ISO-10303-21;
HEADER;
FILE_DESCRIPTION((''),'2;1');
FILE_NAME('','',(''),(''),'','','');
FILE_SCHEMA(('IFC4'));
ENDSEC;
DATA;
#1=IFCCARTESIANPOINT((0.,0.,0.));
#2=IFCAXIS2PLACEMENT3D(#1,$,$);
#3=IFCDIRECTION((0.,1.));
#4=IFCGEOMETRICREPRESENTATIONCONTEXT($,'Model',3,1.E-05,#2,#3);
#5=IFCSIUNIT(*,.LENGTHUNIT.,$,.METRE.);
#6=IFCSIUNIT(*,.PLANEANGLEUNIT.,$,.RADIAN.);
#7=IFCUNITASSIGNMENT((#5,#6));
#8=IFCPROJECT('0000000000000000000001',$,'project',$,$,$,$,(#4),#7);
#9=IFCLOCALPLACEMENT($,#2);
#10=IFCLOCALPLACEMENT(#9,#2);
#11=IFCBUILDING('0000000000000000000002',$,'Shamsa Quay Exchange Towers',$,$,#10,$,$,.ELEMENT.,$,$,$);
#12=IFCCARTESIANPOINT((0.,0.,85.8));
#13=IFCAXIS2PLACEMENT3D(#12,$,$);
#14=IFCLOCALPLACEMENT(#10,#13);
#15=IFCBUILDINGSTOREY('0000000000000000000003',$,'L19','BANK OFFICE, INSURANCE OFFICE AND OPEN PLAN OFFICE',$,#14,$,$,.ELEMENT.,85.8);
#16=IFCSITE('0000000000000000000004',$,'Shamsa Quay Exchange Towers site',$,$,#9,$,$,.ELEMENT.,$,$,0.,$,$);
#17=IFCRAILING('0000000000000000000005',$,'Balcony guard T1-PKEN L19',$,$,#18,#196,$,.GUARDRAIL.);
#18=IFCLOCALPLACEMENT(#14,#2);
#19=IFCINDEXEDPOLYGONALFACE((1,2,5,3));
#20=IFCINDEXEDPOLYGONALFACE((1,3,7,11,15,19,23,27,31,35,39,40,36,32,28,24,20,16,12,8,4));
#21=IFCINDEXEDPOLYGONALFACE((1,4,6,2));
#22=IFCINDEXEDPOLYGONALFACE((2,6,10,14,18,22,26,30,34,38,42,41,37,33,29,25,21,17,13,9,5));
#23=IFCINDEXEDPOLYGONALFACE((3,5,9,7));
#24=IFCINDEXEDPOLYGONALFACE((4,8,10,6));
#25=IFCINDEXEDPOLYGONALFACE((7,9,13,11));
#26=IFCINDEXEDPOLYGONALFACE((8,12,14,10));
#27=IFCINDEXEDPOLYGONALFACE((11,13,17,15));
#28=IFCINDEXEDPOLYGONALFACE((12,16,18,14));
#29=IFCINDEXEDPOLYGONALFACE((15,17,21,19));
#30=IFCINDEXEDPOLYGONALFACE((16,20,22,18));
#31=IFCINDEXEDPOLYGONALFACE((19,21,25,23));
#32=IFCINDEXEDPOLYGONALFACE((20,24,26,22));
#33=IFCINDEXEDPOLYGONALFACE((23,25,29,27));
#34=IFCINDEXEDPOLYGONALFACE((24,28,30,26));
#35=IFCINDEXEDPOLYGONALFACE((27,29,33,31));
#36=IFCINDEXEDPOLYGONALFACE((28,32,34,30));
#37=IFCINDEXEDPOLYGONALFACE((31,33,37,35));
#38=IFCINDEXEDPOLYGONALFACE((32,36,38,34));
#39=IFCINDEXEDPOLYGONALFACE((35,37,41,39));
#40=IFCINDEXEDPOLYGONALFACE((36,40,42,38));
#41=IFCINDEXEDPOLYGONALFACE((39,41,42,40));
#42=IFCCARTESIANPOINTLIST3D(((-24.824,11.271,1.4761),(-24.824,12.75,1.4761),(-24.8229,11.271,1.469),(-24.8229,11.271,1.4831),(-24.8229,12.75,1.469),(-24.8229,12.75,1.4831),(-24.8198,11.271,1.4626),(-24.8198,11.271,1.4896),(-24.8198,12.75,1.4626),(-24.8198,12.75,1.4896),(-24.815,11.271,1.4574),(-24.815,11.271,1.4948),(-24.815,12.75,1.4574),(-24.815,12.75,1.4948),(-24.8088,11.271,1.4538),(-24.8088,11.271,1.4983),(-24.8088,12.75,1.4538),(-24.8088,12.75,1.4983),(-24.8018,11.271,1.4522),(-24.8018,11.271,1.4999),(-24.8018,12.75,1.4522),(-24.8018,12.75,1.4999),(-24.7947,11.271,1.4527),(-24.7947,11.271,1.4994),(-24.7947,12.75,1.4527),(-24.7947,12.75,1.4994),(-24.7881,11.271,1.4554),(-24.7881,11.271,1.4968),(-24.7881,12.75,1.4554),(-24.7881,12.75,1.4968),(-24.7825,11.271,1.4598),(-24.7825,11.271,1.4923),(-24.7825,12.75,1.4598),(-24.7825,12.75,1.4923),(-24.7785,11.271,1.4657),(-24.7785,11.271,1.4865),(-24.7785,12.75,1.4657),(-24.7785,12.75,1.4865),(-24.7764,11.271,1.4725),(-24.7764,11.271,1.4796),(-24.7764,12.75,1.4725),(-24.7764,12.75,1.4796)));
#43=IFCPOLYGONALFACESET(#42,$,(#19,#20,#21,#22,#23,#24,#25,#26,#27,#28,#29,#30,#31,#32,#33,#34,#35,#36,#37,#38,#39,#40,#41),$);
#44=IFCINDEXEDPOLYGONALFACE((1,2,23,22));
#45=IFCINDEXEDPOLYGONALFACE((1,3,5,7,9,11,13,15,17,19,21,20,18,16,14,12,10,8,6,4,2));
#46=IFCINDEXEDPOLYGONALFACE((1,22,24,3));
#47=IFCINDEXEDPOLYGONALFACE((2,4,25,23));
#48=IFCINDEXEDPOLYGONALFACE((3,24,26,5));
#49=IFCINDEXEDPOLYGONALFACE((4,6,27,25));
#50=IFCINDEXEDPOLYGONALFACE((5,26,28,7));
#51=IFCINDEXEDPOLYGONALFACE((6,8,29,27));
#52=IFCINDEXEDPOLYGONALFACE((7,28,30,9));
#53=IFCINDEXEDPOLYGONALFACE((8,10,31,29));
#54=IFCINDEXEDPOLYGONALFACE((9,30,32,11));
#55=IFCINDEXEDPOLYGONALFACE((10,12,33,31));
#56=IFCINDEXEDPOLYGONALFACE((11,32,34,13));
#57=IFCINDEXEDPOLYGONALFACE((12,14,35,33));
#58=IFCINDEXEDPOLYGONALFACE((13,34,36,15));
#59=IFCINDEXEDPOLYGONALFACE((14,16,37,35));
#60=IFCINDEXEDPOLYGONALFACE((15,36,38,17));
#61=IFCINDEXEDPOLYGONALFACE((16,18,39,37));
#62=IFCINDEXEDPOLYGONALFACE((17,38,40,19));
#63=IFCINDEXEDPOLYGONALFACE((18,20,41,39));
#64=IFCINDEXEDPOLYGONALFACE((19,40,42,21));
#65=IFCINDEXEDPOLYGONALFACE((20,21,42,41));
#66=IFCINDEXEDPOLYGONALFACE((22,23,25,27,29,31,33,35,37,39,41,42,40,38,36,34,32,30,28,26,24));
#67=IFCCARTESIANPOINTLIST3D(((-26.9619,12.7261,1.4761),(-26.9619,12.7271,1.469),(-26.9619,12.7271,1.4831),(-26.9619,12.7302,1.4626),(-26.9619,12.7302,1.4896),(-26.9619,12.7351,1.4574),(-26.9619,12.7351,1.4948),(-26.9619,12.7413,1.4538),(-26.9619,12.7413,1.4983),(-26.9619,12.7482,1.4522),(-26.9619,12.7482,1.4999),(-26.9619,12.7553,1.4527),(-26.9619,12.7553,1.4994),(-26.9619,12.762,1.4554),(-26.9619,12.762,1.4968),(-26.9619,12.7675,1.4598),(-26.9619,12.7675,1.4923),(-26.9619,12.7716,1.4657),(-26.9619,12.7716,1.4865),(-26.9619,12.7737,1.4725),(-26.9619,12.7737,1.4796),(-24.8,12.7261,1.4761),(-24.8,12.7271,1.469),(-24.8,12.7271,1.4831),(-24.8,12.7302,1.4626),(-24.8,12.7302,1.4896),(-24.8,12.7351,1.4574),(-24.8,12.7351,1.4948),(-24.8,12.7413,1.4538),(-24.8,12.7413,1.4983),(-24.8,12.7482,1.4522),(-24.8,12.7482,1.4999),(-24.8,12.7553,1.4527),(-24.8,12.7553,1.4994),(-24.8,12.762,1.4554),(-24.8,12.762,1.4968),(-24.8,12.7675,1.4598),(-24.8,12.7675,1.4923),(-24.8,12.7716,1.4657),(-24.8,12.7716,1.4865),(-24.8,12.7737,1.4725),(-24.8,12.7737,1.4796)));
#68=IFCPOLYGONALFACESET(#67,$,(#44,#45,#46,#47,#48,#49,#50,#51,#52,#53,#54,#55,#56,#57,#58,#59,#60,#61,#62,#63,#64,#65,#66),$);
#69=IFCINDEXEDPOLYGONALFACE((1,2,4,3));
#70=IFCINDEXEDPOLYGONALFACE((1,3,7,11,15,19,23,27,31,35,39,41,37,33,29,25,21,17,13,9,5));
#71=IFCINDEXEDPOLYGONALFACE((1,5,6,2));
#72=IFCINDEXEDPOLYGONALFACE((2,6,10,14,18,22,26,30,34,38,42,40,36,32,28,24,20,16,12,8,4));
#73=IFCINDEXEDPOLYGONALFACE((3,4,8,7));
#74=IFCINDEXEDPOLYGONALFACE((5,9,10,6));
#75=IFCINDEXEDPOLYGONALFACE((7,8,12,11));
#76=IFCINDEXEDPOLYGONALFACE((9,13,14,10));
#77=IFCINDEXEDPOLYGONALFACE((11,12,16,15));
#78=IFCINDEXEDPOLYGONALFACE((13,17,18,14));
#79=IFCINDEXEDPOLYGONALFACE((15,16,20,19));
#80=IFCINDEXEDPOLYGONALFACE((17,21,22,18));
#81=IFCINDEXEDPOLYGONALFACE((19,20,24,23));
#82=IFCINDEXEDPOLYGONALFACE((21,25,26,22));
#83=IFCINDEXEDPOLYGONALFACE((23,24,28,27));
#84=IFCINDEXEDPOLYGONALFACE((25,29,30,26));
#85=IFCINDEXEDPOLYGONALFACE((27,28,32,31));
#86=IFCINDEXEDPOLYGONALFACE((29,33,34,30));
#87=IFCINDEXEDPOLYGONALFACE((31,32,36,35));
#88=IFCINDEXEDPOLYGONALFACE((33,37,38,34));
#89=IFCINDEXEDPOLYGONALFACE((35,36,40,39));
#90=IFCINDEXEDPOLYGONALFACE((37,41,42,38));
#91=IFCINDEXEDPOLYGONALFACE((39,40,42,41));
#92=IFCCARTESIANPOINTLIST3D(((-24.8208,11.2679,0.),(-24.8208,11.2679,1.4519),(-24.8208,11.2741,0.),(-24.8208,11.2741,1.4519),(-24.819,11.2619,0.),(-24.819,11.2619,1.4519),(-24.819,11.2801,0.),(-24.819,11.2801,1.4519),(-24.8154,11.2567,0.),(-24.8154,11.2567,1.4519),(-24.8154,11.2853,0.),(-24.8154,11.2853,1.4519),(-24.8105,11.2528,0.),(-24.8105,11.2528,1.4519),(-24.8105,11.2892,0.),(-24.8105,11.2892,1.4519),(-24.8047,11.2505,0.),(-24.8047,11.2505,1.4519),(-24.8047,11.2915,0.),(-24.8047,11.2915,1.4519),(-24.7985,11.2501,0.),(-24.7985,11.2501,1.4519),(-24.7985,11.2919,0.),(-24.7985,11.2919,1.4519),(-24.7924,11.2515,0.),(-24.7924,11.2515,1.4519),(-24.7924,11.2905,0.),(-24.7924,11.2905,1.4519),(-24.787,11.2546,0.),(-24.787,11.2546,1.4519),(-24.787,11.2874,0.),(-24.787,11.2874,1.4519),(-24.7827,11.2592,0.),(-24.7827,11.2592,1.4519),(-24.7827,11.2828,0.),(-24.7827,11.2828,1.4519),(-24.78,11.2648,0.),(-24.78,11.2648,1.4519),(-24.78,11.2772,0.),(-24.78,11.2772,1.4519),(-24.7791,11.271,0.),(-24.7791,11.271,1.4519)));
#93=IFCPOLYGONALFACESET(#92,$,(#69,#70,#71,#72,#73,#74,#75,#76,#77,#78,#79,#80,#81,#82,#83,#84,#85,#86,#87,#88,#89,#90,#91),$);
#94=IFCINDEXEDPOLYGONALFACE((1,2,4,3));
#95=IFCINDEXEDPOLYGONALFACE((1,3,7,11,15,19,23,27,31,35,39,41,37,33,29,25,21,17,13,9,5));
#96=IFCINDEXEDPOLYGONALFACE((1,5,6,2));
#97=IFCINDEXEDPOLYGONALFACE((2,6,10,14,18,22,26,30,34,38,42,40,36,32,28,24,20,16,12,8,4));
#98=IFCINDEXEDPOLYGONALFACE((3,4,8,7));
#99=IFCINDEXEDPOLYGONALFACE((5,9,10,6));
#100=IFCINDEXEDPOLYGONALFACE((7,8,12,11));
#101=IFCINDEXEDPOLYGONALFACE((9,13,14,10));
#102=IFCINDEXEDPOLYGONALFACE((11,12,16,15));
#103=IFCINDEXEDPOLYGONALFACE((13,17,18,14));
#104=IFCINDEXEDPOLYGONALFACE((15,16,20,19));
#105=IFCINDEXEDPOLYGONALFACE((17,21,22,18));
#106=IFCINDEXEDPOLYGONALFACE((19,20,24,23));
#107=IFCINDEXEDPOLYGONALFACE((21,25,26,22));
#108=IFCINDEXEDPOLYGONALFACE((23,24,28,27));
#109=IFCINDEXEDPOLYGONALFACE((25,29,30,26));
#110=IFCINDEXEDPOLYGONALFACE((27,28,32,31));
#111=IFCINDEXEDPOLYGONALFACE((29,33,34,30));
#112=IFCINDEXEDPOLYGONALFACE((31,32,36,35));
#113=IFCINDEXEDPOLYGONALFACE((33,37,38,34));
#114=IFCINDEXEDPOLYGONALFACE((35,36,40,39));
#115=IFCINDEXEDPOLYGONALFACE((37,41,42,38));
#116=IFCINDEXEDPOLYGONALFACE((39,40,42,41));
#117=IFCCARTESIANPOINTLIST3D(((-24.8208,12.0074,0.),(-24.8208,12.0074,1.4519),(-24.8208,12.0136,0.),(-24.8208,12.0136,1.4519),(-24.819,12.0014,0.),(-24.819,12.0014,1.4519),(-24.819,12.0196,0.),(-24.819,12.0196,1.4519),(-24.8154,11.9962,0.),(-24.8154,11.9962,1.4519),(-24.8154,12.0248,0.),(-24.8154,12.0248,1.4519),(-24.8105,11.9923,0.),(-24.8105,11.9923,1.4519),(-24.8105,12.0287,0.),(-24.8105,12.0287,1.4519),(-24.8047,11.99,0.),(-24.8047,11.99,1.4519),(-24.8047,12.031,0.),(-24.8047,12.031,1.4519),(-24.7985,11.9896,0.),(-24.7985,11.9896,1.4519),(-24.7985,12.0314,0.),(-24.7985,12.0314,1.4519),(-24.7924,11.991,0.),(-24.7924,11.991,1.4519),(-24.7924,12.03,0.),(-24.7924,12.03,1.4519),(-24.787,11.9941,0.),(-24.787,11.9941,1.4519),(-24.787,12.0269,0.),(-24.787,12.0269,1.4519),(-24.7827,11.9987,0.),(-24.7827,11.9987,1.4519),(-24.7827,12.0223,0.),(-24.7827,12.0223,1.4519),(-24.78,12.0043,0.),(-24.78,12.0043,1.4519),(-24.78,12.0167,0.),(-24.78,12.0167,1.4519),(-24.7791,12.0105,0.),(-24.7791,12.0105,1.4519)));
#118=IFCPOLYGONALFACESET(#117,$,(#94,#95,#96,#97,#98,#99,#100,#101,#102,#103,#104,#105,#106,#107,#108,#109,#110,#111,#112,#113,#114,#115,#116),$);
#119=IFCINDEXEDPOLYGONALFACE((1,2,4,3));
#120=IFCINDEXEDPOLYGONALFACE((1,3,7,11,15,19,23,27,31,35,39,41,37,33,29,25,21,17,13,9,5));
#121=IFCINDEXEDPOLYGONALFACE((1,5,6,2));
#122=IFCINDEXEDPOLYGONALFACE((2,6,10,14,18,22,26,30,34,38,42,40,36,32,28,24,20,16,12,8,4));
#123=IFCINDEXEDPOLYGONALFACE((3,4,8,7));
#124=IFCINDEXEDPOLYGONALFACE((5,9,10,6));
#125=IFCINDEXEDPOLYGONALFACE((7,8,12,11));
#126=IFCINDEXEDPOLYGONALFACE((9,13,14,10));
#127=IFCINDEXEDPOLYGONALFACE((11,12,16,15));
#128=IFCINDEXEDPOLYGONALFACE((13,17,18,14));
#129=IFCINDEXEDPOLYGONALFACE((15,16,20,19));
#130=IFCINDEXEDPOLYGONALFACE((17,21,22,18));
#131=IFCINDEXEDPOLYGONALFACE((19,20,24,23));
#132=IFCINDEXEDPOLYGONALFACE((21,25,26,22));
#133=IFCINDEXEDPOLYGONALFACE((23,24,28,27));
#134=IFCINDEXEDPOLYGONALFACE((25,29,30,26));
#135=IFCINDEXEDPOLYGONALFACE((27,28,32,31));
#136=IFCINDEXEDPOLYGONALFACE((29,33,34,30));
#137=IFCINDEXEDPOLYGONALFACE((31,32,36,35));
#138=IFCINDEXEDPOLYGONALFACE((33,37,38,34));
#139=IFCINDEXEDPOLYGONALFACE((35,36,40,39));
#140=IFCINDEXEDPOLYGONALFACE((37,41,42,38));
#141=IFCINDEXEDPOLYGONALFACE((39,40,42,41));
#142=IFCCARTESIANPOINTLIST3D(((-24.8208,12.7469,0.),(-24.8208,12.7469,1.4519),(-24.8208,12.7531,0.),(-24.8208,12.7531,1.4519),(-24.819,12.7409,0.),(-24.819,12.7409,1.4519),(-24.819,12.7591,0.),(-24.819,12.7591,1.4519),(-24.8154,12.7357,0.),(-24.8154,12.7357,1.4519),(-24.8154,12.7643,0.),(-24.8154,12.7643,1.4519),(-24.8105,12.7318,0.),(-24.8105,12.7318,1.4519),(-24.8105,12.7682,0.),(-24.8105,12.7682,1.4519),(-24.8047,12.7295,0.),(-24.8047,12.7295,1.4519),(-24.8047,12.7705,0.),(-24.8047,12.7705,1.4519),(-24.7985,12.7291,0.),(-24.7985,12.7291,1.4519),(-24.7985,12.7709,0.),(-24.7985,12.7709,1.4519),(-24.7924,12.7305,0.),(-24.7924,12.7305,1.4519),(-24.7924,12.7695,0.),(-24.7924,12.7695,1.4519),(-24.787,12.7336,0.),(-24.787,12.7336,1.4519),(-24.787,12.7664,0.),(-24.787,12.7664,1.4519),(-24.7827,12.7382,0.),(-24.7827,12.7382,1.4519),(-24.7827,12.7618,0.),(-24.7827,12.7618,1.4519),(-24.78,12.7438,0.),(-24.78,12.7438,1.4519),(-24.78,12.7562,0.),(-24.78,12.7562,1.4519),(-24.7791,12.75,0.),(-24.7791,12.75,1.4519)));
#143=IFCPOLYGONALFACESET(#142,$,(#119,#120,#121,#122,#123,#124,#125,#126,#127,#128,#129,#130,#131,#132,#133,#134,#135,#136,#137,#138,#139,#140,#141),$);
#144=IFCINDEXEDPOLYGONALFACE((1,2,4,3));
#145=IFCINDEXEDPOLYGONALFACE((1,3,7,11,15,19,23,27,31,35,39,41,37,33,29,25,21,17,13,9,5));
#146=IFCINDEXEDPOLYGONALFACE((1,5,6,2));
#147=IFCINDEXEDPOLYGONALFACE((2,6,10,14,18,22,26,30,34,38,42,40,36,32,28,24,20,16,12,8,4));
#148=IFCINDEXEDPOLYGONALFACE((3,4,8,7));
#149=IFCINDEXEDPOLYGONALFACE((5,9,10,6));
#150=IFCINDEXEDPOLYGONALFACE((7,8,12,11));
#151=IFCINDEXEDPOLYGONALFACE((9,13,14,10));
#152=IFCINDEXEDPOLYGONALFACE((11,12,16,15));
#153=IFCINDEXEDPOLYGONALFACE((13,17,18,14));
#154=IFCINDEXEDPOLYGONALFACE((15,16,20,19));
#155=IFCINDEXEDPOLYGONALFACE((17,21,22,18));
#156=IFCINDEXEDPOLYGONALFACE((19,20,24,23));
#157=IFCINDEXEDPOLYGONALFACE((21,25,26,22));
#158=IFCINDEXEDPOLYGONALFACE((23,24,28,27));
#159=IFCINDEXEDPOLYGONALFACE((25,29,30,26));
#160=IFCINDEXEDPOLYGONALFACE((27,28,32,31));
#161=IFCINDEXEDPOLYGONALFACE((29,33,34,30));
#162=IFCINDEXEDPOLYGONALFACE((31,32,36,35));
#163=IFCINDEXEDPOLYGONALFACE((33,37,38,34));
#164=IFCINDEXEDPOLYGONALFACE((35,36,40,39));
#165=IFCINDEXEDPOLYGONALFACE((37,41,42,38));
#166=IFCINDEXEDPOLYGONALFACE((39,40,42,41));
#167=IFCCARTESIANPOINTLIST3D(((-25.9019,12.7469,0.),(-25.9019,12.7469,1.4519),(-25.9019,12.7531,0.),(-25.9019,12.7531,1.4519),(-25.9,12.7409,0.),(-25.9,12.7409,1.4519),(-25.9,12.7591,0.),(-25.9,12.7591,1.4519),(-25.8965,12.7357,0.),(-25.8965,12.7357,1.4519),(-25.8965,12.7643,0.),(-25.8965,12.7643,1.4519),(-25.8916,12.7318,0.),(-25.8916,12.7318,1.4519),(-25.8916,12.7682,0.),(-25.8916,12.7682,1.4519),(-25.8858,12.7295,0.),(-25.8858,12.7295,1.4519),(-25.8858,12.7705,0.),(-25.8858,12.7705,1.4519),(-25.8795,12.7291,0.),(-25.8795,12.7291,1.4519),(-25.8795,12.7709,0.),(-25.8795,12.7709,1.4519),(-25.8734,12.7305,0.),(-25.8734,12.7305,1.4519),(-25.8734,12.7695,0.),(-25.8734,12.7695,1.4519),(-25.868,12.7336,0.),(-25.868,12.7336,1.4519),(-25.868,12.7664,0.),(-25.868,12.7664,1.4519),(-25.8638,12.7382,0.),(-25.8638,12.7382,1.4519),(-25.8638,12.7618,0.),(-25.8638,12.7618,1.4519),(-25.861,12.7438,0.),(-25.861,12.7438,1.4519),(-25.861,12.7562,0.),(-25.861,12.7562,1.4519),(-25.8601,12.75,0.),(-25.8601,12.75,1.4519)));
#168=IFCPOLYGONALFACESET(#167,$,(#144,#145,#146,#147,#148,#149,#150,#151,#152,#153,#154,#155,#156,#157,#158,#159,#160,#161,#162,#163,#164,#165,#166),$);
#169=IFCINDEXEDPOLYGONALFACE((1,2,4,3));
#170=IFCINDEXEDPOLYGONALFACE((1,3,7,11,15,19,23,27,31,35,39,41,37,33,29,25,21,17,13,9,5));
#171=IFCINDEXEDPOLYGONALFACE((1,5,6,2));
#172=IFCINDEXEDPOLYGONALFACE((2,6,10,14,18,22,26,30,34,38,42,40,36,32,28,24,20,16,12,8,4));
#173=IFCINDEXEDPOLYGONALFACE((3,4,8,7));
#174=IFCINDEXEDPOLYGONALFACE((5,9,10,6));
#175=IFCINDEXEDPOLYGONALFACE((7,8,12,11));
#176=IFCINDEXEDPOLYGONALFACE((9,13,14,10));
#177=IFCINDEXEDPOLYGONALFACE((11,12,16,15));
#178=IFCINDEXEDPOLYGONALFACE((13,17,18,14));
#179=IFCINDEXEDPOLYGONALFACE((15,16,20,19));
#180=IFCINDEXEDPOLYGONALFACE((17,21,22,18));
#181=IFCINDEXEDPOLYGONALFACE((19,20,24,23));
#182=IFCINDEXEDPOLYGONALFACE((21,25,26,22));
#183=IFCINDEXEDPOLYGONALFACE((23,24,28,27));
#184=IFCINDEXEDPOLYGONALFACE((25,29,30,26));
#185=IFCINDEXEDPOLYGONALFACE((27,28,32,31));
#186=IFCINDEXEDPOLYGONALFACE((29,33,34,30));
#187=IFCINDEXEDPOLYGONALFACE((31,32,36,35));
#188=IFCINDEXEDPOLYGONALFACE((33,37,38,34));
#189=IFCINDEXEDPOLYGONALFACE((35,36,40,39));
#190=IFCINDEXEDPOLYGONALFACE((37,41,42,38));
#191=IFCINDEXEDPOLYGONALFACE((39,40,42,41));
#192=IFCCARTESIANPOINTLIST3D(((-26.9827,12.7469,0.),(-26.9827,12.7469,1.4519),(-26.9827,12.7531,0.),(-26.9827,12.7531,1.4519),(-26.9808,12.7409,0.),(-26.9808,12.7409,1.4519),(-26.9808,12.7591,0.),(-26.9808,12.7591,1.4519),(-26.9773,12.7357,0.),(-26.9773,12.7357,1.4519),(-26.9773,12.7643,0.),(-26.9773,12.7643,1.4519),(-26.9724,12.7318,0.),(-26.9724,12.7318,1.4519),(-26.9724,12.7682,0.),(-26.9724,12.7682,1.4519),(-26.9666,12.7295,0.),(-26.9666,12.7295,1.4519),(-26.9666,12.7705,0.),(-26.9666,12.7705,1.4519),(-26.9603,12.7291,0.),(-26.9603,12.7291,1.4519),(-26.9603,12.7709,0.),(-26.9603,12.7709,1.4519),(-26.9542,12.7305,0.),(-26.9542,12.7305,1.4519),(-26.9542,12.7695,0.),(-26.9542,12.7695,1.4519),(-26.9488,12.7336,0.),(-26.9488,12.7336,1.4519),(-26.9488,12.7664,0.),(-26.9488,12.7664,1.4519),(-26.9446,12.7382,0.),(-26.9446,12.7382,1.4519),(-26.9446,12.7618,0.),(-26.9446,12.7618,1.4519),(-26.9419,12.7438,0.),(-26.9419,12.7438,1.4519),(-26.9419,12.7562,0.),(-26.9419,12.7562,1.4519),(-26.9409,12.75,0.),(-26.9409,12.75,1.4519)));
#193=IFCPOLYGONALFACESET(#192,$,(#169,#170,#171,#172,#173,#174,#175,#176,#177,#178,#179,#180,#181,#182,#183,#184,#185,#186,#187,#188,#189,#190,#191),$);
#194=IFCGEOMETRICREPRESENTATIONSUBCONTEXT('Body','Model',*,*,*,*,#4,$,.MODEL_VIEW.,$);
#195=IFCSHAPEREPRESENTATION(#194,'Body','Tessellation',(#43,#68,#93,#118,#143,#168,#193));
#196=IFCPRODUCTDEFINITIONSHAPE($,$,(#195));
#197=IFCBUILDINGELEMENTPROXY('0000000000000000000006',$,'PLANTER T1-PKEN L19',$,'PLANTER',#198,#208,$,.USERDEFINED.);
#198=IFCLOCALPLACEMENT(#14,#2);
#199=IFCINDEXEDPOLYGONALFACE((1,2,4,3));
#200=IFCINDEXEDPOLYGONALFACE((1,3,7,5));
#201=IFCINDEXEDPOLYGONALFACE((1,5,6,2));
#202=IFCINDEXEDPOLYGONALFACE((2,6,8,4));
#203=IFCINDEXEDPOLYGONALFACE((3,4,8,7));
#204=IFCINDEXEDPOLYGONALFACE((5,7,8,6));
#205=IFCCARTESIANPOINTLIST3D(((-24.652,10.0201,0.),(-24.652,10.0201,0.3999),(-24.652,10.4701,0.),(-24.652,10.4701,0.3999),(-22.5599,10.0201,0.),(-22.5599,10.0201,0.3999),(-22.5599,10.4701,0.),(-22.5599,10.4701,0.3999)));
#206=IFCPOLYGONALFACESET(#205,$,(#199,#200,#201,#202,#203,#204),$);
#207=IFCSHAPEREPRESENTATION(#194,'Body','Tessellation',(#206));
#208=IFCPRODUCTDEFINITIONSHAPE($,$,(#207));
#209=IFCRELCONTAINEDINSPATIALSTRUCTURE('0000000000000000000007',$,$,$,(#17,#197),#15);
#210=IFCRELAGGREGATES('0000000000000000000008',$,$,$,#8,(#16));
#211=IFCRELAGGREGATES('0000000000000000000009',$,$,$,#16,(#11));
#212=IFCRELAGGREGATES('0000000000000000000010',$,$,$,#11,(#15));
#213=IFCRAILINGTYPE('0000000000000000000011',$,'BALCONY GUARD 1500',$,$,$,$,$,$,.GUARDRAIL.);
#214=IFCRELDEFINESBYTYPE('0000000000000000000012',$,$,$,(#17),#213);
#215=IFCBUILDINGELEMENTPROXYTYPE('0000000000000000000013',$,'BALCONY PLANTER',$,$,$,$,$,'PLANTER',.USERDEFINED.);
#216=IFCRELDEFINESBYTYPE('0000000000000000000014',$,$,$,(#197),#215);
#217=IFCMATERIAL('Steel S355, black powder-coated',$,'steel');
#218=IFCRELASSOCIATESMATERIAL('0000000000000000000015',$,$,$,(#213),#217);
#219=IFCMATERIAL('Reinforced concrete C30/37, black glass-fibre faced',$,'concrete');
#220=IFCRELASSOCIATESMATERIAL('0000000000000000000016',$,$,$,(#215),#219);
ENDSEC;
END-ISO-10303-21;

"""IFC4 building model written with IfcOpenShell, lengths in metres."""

from ifc_helpers import new_model, si_unit, direction, frame, origin, origin_2d, place, context, subcontext, project, spatial, rectangle, circle, extrude, material, type_object, element, save


model = new_model("IFC4")

# Units and contexts
model_context = context("Model", 3, precision=1e-05, world=origin(), true_north=direction((0.0, 1.0)))
body_context = subcontext(model_context, "Body", "Model", "MODEL_VIEW")
ifc_project = project(units=[si_unit("LENGTHUNIT", "METRE"), si_unit("PLANEANGLEUNIT", "RADIAN")], contexts=[model_context])

# Site, building, storey
site_placement = place(None, origin())
site = spatial("IfcSite", under=ifc_project, at=site_placement, Name="Shamsa Quay Exchange Towers site", CompositionType="ELEMENT", RefElevation=0.0)
building_placement = place(site_placement, origin())
building = spatial("IfcBuilding", under=site, at=building_placement, Name="Shamsa Quay Exchange Towers", CompositionType="ELEMENT")
storey_placement = place(building_placement, frame((0.0, 0.0, 85.8)))
storey = spatial("IfcBuildingStorey", under=building, at=storey_placement, Name="L19", Description="BANK OFFICE, INSURANCE OFFICE AND OPEN PLAN OFFICE", CompositionType="ELEMENT", Elevation=85.8)

# Railing
ifc_material_1 = material(Name="Steel S355, black powder-coated", Category="steel")
railing_type = type_object("IfcRailingType", Name="BALCONY GUARD 1500", PredefinedType="GUARDRAIL", material=ifc_material_1)
for number, where, name in (
    (1, (-24.8, 11.271, 0.0), "Balcony guard T1-PKEN L19"),
):
    element("IfcRailing", number, at=place(storey_placement, frame(where)), inside=storey, type_object=railing_type, Name=name, PredefinedType="GUARDRAIL", context=body_context, shape_type="SweptSolid", body=[
        extrude(circle(Radius=0.0239, at=origin_2d()), frame((0.0, 0.0, 1.4761), z_axis=(0.0, 1.0, 0.0), x_axis=(-1.0, 0.0, 0.0)), (0.0, 0.0, 1.0), 1.479),
        extrude(circle(Radius=0.0239, at=origin_2d()), frame((0.0, 1.479, 1.4761), z_axis=(-1.0, 0.0, 0.0), x_axis=(0.0, -1.0, 0.0)), (0.0, 0.0, 1.0), 2.1619),
        extrude(circle(Radius=0.021, at=origin_2d()), origin(), (0.0, 0.0, 1.0), 1.4519),
        extrude(circle(Radius=0.021, at=origin_2d()), frame((0.0, 0.7395, 0.0)), (0.0, 0.0, 1.0), 1.4519),
        extrude(circle(Radius=0.021, at=origin_2d()), frame((0.0, 1.479, 0.0)), (0.0, 0.0, 1.0), 1.4519),
        extrude(circle(Radius=0.021, at=origin_2d()), frame((-1.0811, 1.479, 0.0)), (0.0, 0.0, 1.0), 1.4519),
        extrude(circle(Radius=0.021, at=origin_2d()), frame((-2.1619, 1.479, 0.0)), (0.0, 0.0, 1.0), 1.4519),
    ])

# Building element proxy
ifc_material_2 = material(Name="Reinforced concrete C30/37, black glass-fibre faced", Category="concrete")
building_element_proxy_type = type_object("IfcBuildingElementProxyType", Name="BALCONY PLANTER", ElementType="PLANTER", PredefinedType="USERDEFINED", material=ifc_material_2)
for number, where, z_axis, x_axis, name in (
    (2, (-23.606, 10.2451, 0.0), (0.0, 0.0, 1.0), (-1.0, 0.0, 0.0), "PLANTER T1-PKEN L19"),
):
    element("IfcBuildingElementProxy", number, at=place(storey_placement, frame(where, z_axis=z_axis, x_axis=x_axis)), inside=storey, type_object=building_element_proxy_type, Name=name, ObjectType="PLANTER", PredefinedType="USERDEFINED", context=body_context, shape_type="SweptSolid", body=[
        extrude(rectangle(XDim=2.092, YDim=0.45, at=origin_2d()), origin(), (0.0, 0.0, 1.0), 0.3999),
    ])

save(model, "model.ifc")
